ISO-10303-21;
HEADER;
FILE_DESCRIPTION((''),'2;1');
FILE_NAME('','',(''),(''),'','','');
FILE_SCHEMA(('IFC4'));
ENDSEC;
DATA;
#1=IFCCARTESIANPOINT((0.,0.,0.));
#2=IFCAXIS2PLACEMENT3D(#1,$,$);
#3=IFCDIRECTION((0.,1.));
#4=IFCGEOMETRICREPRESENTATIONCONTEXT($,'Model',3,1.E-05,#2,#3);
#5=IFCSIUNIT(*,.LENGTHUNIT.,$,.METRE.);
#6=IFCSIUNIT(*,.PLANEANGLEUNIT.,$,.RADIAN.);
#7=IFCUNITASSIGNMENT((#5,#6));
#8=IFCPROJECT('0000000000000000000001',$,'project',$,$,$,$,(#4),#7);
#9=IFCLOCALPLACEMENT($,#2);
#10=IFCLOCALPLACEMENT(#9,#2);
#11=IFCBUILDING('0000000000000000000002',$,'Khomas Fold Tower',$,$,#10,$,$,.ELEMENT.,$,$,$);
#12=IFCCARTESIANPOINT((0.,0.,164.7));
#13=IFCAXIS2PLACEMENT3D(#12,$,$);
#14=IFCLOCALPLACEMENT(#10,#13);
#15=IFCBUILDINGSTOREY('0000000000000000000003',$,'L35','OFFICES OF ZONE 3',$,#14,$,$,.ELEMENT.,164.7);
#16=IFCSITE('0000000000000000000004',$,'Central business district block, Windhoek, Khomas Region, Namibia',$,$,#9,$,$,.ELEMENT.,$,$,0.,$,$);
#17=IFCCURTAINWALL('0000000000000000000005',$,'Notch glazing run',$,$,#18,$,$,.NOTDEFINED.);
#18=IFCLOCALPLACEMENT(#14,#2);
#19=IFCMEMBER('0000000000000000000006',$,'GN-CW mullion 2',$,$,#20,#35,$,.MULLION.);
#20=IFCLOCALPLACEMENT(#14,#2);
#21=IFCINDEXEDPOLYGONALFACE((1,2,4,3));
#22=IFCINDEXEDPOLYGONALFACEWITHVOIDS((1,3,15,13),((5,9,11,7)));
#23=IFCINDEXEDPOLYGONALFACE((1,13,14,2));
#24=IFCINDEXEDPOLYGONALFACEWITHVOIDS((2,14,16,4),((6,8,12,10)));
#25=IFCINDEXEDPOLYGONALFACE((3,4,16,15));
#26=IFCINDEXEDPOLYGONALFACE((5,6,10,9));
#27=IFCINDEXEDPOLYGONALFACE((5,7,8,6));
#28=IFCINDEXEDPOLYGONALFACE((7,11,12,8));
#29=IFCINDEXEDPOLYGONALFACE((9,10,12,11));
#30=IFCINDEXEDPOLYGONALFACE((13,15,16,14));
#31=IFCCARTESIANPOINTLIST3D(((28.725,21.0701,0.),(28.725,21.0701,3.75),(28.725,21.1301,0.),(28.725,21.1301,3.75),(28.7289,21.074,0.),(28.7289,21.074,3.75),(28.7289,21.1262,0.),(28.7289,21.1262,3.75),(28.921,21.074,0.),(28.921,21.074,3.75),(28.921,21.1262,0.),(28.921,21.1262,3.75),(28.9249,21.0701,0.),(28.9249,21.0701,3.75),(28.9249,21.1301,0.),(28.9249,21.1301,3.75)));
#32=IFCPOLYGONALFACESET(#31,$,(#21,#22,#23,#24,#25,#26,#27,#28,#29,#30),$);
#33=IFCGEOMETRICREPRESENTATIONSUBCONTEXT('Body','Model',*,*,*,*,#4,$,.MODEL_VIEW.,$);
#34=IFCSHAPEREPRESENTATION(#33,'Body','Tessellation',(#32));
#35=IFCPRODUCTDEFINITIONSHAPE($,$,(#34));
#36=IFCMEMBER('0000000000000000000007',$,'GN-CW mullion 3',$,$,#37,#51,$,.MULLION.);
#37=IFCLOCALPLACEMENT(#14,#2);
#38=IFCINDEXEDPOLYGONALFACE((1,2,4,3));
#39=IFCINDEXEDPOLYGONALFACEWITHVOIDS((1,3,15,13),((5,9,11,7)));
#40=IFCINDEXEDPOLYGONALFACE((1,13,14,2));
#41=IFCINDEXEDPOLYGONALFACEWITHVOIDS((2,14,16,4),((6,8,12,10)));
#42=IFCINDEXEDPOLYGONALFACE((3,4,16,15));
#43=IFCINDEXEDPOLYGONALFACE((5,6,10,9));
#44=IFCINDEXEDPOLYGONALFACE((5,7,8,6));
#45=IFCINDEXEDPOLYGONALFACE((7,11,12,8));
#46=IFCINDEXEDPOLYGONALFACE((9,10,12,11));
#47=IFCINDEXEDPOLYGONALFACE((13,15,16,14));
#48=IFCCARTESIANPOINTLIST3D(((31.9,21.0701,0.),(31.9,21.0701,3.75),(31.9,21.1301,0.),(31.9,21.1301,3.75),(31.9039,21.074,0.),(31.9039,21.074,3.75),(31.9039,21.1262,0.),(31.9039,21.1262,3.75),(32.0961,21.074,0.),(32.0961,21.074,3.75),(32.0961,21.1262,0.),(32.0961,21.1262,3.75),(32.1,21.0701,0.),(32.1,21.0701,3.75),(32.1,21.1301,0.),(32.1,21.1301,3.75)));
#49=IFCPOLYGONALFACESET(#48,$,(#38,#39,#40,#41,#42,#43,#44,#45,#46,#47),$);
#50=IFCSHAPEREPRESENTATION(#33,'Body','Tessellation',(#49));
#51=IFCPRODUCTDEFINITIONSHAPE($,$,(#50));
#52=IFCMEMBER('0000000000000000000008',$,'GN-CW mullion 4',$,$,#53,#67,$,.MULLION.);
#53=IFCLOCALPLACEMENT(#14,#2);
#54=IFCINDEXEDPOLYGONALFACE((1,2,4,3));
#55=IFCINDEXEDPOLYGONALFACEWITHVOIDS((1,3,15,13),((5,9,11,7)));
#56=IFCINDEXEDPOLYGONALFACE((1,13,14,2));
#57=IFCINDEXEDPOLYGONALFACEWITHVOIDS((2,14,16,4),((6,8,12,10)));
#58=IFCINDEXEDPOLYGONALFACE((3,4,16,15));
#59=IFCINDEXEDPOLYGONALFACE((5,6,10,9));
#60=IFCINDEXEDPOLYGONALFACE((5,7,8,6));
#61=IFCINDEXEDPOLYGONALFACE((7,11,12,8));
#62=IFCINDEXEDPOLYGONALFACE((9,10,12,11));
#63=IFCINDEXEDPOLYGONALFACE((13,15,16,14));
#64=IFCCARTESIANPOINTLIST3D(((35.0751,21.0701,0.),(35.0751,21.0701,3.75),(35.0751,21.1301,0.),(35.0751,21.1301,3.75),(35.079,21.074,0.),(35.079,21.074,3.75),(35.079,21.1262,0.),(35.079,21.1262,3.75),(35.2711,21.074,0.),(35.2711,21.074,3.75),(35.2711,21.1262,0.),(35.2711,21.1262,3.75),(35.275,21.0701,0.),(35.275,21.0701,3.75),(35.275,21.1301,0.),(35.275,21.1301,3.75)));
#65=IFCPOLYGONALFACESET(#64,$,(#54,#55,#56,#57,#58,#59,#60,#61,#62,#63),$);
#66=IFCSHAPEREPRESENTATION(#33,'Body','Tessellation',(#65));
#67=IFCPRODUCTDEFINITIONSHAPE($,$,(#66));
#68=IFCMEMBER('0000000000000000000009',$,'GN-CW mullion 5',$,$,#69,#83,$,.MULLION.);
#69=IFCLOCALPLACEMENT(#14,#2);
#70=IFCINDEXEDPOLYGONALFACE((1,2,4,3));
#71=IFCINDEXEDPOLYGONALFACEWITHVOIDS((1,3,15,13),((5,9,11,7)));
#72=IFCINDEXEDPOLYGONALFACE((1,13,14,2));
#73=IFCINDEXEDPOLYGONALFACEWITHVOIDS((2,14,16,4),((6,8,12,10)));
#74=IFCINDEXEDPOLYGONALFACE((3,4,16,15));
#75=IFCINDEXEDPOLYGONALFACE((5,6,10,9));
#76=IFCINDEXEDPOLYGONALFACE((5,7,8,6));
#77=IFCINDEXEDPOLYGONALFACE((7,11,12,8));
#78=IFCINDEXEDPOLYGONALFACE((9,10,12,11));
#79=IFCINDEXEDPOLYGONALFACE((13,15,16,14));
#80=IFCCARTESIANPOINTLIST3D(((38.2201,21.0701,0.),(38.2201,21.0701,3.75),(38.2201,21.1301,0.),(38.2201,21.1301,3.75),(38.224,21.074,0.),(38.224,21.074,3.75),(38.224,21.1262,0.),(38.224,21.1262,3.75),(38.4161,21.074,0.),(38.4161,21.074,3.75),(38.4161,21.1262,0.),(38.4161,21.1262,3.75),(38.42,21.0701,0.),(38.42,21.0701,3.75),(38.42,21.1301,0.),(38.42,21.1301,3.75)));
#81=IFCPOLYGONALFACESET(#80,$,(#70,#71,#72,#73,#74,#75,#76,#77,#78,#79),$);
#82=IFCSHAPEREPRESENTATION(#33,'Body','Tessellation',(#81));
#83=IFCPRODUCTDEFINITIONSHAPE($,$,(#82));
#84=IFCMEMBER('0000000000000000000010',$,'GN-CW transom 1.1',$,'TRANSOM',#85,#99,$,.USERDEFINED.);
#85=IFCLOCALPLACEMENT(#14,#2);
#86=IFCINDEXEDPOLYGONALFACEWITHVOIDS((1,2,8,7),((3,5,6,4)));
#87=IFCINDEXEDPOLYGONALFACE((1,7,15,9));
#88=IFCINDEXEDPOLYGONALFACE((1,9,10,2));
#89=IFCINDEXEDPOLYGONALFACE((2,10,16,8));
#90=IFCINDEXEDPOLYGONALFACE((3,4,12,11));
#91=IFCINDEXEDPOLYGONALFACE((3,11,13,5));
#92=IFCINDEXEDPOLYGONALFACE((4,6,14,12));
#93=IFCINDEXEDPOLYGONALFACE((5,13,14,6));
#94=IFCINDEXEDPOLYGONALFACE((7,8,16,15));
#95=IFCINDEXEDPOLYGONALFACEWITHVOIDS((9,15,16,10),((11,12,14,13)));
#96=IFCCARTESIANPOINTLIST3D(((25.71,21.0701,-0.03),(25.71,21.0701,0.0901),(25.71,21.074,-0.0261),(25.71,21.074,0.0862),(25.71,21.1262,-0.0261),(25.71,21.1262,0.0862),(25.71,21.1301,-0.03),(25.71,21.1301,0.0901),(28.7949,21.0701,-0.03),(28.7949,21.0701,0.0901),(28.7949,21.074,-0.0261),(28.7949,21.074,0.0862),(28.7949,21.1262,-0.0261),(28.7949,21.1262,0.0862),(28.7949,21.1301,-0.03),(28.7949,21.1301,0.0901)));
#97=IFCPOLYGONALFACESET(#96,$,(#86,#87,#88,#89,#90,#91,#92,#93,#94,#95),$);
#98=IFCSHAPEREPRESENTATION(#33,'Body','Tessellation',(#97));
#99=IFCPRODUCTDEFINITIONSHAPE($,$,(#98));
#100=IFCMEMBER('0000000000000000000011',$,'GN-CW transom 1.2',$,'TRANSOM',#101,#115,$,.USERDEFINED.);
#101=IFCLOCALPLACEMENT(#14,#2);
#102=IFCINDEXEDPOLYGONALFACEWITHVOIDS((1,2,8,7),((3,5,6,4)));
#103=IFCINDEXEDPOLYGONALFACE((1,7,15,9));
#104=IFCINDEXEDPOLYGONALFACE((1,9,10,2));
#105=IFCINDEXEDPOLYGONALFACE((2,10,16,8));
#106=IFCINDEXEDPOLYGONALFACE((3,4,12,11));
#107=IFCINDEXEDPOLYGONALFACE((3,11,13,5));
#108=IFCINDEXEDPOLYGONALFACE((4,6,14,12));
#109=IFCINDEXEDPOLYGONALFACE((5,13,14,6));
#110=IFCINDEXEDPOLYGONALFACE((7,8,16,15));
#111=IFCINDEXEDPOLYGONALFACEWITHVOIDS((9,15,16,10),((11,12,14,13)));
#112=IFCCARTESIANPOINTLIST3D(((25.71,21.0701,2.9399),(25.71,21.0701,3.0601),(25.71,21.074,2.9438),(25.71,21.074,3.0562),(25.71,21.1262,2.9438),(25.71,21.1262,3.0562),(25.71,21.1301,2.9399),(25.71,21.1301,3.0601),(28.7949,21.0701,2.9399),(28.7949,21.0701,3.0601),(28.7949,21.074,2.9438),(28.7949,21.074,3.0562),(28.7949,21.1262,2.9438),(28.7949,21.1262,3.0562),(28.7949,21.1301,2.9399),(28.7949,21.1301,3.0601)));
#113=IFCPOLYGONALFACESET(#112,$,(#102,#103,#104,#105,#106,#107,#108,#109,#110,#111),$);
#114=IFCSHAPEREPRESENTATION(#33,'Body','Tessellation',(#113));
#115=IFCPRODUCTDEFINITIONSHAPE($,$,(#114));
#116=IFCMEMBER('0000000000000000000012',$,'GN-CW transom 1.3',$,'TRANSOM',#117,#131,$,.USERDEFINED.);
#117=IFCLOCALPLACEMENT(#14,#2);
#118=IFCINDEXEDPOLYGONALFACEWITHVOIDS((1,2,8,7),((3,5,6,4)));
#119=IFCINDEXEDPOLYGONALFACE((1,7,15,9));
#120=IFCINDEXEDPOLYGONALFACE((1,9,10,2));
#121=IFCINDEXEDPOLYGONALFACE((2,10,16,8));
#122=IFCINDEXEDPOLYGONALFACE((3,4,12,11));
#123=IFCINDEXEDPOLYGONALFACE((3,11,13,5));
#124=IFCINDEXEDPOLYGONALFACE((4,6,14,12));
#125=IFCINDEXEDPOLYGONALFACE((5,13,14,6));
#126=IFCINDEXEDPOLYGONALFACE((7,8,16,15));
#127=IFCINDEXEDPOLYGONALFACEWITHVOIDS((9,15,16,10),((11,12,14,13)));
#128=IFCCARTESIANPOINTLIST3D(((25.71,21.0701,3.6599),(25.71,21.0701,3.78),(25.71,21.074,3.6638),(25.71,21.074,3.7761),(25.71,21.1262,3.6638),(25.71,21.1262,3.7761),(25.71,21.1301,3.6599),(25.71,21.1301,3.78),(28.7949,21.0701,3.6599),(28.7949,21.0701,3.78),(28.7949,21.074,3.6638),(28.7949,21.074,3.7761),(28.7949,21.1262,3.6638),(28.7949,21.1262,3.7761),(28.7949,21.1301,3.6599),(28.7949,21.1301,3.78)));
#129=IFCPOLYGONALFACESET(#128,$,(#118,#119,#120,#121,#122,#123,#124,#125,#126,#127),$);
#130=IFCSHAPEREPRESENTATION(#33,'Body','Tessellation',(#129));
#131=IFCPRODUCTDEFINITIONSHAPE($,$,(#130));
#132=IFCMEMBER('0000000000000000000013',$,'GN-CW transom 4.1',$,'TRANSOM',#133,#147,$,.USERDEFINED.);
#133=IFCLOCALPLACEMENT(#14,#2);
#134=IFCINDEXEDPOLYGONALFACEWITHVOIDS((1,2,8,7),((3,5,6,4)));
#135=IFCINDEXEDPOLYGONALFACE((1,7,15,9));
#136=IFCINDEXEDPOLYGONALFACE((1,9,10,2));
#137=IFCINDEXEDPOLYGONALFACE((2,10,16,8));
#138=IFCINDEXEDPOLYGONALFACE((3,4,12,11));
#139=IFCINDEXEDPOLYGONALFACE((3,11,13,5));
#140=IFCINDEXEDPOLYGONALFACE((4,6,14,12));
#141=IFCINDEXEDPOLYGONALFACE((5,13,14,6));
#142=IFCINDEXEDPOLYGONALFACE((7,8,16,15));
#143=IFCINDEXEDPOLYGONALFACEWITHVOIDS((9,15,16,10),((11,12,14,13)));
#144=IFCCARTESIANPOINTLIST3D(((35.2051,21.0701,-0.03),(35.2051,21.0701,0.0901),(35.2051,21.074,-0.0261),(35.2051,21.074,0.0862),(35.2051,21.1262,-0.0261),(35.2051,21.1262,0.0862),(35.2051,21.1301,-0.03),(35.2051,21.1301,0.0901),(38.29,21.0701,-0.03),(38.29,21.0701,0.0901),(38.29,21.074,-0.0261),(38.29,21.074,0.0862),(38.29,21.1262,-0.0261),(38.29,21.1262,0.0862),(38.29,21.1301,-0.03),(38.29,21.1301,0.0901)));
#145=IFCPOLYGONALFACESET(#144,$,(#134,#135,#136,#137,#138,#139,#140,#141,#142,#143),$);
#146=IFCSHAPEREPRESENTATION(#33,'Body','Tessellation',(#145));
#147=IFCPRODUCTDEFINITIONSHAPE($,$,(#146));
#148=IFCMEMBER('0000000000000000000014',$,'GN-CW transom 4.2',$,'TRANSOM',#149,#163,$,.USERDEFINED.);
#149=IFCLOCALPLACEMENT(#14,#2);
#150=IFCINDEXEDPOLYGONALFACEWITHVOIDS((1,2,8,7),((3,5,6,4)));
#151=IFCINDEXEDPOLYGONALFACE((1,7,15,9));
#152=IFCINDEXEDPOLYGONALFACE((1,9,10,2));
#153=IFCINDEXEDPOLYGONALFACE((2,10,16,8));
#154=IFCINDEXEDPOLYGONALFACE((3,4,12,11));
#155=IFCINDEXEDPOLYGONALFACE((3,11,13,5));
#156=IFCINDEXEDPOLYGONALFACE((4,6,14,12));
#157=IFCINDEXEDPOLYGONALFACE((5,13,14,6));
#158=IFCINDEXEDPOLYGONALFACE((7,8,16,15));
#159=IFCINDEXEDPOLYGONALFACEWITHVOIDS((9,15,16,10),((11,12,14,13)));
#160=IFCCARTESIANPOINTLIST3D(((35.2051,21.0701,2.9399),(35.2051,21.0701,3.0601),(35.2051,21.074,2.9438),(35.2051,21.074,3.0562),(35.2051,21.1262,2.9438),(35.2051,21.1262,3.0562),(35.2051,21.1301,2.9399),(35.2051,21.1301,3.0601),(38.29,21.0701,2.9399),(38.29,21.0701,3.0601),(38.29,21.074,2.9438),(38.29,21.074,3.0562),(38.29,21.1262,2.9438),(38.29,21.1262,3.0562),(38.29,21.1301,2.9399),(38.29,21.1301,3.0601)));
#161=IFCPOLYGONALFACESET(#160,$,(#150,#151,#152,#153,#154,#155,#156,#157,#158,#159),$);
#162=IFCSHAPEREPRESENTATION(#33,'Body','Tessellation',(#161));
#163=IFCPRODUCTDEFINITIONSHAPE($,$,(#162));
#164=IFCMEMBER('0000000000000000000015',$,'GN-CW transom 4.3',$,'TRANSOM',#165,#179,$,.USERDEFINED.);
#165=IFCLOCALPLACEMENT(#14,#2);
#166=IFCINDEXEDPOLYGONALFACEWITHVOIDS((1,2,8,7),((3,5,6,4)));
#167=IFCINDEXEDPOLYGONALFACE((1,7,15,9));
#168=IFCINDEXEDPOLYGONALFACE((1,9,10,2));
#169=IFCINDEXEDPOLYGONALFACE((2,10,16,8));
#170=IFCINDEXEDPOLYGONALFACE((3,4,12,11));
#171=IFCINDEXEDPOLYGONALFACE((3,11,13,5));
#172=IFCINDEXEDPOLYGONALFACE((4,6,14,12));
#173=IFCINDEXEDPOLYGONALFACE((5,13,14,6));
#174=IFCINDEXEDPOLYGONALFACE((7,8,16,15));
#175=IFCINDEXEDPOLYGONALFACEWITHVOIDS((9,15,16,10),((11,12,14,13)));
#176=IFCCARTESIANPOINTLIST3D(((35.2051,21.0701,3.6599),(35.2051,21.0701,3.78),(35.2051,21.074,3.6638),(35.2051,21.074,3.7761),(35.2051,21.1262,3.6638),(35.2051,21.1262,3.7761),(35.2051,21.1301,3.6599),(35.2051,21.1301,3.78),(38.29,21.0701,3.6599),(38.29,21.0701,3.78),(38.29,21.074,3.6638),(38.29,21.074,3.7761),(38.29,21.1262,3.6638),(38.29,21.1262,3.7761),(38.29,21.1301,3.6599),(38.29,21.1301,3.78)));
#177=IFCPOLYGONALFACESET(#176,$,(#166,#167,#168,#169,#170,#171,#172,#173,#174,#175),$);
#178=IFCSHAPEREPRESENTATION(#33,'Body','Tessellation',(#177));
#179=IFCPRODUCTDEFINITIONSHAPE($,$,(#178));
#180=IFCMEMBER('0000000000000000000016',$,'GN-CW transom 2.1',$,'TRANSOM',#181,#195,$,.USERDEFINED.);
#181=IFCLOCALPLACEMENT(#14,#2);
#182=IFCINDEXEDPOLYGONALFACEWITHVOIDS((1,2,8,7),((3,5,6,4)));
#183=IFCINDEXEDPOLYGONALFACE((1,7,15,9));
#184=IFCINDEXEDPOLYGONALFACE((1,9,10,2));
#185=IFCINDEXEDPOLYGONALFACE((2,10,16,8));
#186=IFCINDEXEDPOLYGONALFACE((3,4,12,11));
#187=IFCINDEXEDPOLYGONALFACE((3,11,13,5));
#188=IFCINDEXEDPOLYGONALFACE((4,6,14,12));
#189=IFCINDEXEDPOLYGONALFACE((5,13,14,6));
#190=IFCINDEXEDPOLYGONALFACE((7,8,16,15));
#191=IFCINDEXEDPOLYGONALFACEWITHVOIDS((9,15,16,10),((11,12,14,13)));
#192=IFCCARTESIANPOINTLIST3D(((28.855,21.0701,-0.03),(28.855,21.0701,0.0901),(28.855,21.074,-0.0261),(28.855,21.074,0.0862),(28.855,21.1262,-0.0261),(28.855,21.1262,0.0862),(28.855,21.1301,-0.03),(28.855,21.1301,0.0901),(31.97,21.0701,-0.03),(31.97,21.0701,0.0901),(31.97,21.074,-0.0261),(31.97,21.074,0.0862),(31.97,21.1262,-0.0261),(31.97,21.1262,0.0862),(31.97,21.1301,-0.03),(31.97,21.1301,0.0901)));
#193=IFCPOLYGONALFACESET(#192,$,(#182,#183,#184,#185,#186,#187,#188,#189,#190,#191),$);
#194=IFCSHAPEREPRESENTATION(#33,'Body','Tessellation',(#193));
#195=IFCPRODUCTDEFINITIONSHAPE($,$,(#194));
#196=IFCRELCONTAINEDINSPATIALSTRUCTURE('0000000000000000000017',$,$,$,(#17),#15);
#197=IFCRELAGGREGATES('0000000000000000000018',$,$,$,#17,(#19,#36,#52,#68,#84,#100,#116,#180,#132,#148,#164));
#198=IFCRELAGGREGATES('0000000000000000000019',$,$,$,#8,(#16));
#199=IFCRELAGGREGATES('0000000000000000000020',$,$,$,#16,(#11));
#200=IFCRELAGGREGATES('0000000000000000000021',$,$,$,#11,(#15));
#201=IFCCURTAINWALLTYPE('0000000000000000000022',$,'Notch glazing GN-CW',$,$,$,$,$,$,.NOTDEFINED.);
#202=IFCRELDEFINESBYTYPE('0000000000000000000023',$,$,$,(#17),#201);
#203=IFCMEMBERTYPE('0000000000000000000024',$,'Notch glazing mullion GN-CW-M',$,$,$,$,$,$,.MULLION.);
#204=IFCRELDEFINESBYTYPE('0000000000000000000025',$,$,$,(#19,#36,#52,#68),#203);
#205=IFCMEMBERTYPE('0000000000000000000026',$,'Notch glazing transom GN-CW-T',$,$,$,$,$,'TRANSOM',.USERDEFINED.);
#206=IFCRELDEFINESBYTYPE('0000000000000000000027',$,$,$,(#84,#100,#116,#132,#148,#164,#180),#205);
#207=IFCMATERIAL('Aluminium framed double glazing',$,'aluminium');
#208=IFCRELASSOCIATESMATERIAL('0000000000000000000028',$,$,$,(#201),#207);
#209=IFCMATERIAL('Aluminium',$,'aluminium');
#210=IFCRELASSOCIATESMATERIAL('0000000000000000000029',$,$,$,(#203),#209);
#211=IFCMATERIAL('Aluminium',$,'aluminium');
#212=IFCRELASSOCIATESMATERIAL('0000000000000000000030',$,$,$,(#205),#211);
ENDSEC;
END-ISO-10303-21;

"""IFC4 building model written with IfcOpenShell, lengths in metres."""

from ifc_helpers import new_model, si_unit, direction, frame, origin, origin_2d, place, context, subcontext, project, spatial, hollow_rectangle, extrude, source, transform, mapped, material, material_profile, profile_set, type_object, element, aggregate, save


model = new_model("IFC4")

# Units and contexts
model_context = context("Model", 3, precision=1e-05, world=origin(), true_north=direction((0.0, 1.0)))
body_context = subcontext(model_context, "Body", "Model", "MODEL_VIEW")
ifc_project = project(units=[si_unit("LENGTHUNIT", "METRE"), si_unit("PLANEANGLEUNIT", "RADIAN")], contexts=[model_context])

# Site, building, storey
site_placement = place(None, origin())
site = spatial("IfcSite", under=ifc_project, at=site_placement, Name="Central business district block, Windhoek, Khomas Region, Namibia", CompositionType="ELEMENT", RefElevation=0.0)
building_placement = place(site_placement, origin())
building = spatial("IfcBuilding", under=site, at=building_placement, Name="Khomas Fold Tower", CompositionType="ELEMENT")
storey_placement = place(building_placement, frame((0.0, 0.0, 164.7)))
storey = spatial("IfcBuildingStorey", under=building, at=storey_placement, Name="L35", Description="OFFICES OF ZONE 3", CompositionType="ELEMENT", Elevation=164.7)

# Shared definitions
ifc_material_1 = material(Name="Aluminium framed double glazing", Category="aluminium")
curtain_wall_type = type_object("IfcCurtainWallType", Name="Notch glazing GN-CW", PredefinedType="NOTDEFINED", material=ifc_material_1)
ifc_material_2 = material(Name="Aluminium", Category="aluminium")
ifc_material_profile_1 = material_profile(ifc_material_2, hollow_rectangle(XDim=0.0601, YDim=0.2, WallThickness=0.0039, at=origin_2d()), Name="Notch glazing mullion GN-CW-M")
ifc_profile_set_1 = profile_set([ifc_material_profile_1], Name="Aluminium")
member_type_1 = type_object("IfcMemberType", Name="Notch glazing mullion GN-CW-M", PredefinedType="MULLION", material=ifc_profile_set_1)
shared_shape_1 = source(origin(), body_context, "Body", "SweptSolid", [
    extrude(hollow_rectangle(XDim=0.0601, YDim=0.2, WallThickness=0.0039, at=origin_2d()), origin(), (0.0, 0.0, 1.0), 3.75),
])

# Curtain wall, members
curtain_wall_1_placement = place(storey_placement, origin())
curtain_wall_1 = element("IfcCurtainWall", 1, at=curtain_wall_1_placement, inside=storey, type_object=curtain_wall_type, Name="Notch glazing run", PredefinedType="NOTDEFINED")
member_1_placement = place(storey_placement, frame((28.825, 21.1001, 0.0), z_axis=(0.0, 0.0, 1.0), x_axis=(0.0, 1.0, 0.0)))
member_1 = element("IfcMember", 2, at=member_1_placement, type_object=member_type_1, Name="GN-CW mullion 2", PredefinedType="MULLION", context=body_context, shape_type="MappedRepresentation", body=[
    mapped(shared_shape_1, transform((0.0, 0.0, 0.0))),
])
member_2_placement = place(storey_placement, frame((32.0, 21.1001, 0.0), z_axis=(0.0, 0.0, 1.0), x_axis=(0.0, 1.0, 0.0)))
member_2 = element("IfcMember", 3, at=member_2_placement, type_object=member_type_1, Name="GN-CW mullion 3", PredefinedType="MULLION", context=body_context, shape_type="MappedRepresentation", body=[
    mapped(shared_shape_1, transform((0.0, 0.0, 0.0))),
])
member_3_placement = place(storey_placement, frame((35.175, 21.1001, 0.0), z_axis=(0.0, 0.0, 1.0), x_axis=(0.0, 1.0, 0.0)))
member_3 = element("IfcMember", 4, at=member_3_placement, type_object=member_type_1, Name="GN-CW mullion 4", PredefinedType="MULLION", context=body_context, shape_type="MappedRepresentation", body=[
    mapped(shared_shape_1, transform((0.0, 0.0, 0.0))),
])
member_4_placement = place(storey_placement, frame((38.3201, 21.1001, 0.0), z_axis=(0.0, 0.0, 1.0), x_axis=(0.0, 1.0, 0.0)))
member_4 = element("IfcMember", 5, at=member_4_placement, type_object=member_type_1, Name="GN-CW mullion 5", PredefinedType="MULLION", context=body_context, shape_type="MappedRepresentation", body=[
    mapped(shared_shape_1, transform((0.0, 0.0, 0.0))),
])
ifc_material_3 = material(Name="Aluminium", Category="aluminium")
ifc_material_profile_2 = material_profile(ifc_material_3, hollow_rectangle(XDim=0.0601, YDim=0.1201, WallThickness=0.0039, at=origin_2d()), Name="Notch glazing transom GN-CW-T")
ifc_profile_set_2 = profile_set([ifc_material_profile_2], Name="Aluminium")
member_type_2 = type_object("IfcMemberType", Name="Notch glazing transom GN-CW-T", ElementType="TRANSOM", PredefinedType="USERDEFINED", material=ifc_profile_set_2)
shared_shape_2 = source(origin(), body_context, "Body", "SweptSolid", [
    extrude(hollow_rectangle(XDim=0.0601, YDim=0.1201, WallThickness=0.0039, at=origin_2d()), origin(), (0.0, 0.0, 1.0), 3.085),
])
member_5_placement = place(storey_placement, frame((25.71, 21.1001, 0.03), z_axis=(1.0, 0.0, 0.0), x_axis=(0.0, 1.0, 0.0)))
member_5 = element("IfcMember", 6, at=member_5_placement, type_object=member_type_2, Name="GN-CW transom 1.1", ObjectType="TRANSOM", PredefinedType="USERDEFINED", context=body_context, shape_type="MappedRepresentation", body=[
    mapped(shared_shape_2, transform((0.0, 0.0, 0.0))),
])
member_6_placement = place(storey_placement, frame((25.71, 21.1001, 3.0), z_axis=(1.0, 0.0, 0.0), x_axis=(0.0, 1.0, 0.0)))
member_6 = element("IfcMember", 7, at=member_6_placement, type_object=member_type_2, Name="GN-CW transom 1.2", ObjectType="TRANSOM", PredefinedType="USERDEFINED", context=body_context, shape_type="MappedRepresentation", body=[
    mapped(shared_shape_2, transform((0.0, 0.0, 0.0))),
])
member_7_placement = place(storey_placement, frame((25.71, 21.1001, 3.72), z_axis=(1.0, 0.0, 0.0), x_axis=(0.0, 1.0, 0.0)))
member_7 = element("IfcMember", 8, at=member_7_placement, type_object=member_type_2, Name="GN-CW transom 1.3", ObjectType="TRANSOM", PredefinedType="USERDEFINED", context=body_context, shape_type="MappedRepresentation", body=[
    mapped(shared_shape_2, transform((0.0, 0.0, 0.0))),
])
member_8_placement = place(storey_placement, frame((35.2051, 21.1001, 0.03), z_axis=(1.0, 0.0, 0.0), x_axis=(0.0, 1.0, 0.0)))
member_8 = element("IfcMember", 9, at=member_8_placement, type_object=member_type_2, Name="GN-CW transom 4.1", ObjectType="TRANSOM", PredefinedType="USERDEFINED", context=body_context, shape_type="MappedRepresentation", body=[
    mapped(shared_shape_2, transform((0.0, 0.0, 0.0))),
])
member_9_placement = place(storey_placement, frame((35.2051, 21.1001, 3.0), z_axis=(1.0, 0.0, 0.0), x_axis=(0.0, 1.0, 0.0)))
member_9 = element("IfcMember", 10, at=member_9_placement, type_object=member_type_2, Name="GN-CW transom 4.2", ObjectType="TRANSOM", PredefinedType="USERDEFINED", context=body_context, shape_type="MappedRepresentation", body=[
    mapped(shared_shape_2, transform((0.0, 0.0, 0.0))),
])
member_10_placement = place(storey_placement, frame((35.2051, 21.1001, 3.72), z_axis=(1.0, 0.0, 0.0), x_axis=(0.0, 1.0, 0.0)))
member_10 = element("IfcMember", 11, at=member_10_placement, type_object=member_type_2, Name="GN-CW transom 4.3", ObjectType="TRANSOM", PredefinedType="USERDEFINED", context=body_context, shape_type="MappedRepresentation", body=[
    mapped(shared_shape_2, transform((0.0, 0.0, 0.0))),
])
shared_shape_3 = source(origin(), body_context, "Body", "SweptSolid", [
    extrude(hollow_rectangle(XDim=0.0601, YDim=0.1201, WallThickness=0.0039, at=origin_2d()), origin(), (0.0, 0.0, 1.0), 3.115),
])
member_11_placement = place(storey_placement, frame((28.855, 21.1001, 0.03), z_axis=(1.0, 0.0, 0.0), x_axis=(0.0, 1.0, 0.0)))
member_11 = element("IfcMember", 12, at=member_11_placement, type_object=member_type_2, Name="GN-CW transom 2.1", ObjectType="TRANSOM", PredefinedType="USERDEFINED", context=body_context, shape_type="MappedRepresentation", body=[
    mapped(shared_shape_3, transform((0.0, 0.0, 0.0))),
])

aggregate(curtain_wall_1, [member_1, member_2, member_3, member_4, member_5, member_6, member_7, member_11, member_8, member_9, member_10])

save(model, "model.ifc")
